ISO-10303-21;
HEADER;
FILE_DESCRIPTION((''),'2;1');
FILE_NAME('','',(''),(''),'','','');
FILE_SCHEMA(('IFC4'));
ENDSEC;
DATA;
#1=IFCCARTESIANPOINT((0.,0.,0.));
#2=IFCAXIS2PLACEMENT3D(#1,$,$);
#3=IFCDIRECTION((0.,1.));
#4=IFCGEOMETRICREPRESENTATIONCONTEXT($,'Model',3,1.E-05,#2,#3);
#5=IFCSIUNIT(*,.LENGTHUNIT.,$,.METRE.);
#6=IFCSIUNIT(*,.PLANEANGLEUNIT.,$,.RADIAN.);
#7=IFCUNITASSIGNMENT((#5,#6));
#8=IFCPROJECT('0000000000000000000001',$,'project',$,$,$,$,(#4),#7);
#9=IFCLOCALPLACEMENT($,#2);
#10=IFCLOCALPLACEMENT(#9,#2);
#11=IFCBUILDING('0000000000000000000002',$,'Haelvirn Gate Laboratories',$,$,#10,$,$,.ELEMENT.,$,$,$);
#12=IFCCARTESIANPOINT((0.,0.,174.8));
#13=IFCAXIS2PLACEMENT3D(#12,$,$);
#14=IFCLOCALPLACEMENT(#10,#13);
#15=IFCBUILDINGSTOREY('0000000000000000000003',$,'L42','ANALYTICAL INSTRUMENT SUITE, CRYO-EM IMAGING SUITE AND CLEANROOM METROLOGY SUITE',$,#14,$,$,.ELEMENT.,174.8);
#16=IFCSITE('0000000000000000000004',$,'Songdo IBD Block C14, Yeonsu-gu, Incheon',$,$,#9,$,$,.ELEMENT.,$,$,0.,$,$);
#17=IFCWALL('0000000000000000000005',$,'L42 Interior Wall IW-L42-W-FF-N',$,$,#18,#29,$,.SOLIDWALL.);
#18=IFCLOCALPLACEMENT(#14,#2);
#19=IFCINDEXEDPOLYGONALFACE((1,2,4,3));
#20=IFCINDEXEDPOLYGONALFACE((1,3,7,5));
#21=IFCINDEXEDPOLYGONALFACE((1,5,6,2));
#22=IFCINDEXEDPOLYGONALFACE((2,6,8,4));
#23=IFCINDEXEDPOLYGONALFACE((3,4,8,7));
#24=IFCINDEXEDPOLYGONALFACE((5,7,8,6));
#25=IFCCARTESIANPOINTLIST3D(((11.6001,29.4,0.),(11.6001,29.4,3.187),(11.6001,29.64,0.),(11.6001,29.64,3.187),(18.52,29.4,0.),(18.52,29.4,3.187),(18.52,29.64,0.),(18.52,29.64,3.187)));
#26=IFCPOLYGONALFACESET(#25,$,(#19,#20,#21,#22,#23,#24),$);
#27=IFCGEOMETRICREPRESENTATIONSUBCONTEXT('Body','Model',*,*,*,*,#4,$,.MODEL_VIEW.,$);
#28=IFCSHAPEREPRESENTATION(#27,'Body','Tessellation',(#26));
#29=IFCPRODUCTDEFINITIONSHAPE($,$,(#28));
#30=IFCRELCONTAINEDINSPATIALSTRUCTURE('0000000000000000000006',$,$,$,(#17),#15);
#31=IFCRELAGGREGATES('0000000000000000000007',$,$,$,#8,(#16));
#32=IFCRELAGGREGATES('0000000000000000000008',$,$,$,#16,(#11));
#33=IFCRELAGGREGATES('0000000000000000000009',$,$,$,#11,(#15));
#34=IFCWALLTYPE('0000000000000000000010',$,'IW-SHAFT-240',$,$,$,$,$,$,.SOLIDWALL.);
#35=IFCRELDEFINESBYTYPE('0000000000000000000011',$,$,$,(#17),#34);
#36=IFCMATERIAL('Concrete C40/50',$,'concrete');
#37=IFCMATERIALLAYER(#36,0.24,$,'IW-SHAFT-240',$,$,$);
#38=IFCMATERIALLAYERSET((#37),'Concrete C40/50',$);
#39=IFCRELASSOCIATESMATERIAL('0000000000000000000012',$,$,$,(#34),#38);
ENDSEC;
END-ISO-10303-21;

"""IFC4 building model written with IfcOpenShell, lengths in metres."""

from ifc_helpers import new_model, si_unit, direction, frame, frame_2d, origin, place, context, subcontext, project, spatial, rectangle, extrude, material, layer, layer_set, type_object, element, save


model = new_model("IFC4")

# Units and contexts
model_context = context("Model", 3, precision=1e-05, world=origin(), true_north=direction((0.0, 1.0)))
body_context = subcontext(model_context, "Body", "Model", "MODEL_VIEW")
ifc_project = project(units=[si_unit("LENGTHUNIT", "METRE"), si_unit("PLANEANGLEUNIT", "RADIAN")], contexts=[model_context])

# Site, building, storey
site_placement = place(None, origin())
site = spatial("IfcSite", under=ifc_project, at=site_placement, Name="Songdo IBD Block C14, Yeonsu-gu, Incheon", CompositionType="ELEMENT", RefElevation=0.0)
building_placement = place(site_placement, origin())
building = spatial("IfcBuilding", under=site, at=building_placement, Name="Haelvirn Gate Laboratories", CompositionType="ELEMENT")
storey_placement = place(building_placement, frame((0.0, 0.0, 174.8)))
storey = spatial("IfcBuildingStorey", under=building, at=storey_placement, Name="L42", Description="ANALYTICAL INSTRUMENT SUITE, CRYO-EM IMAGING SUITE AND CLEANROOM METROLOGY SUITE", CompositionType="ELEMENT", Elevation=174.8)

# Shared definitions
ifc_material_1 = material(Name="Concrete C40/50", Category="concrete")

# Shared definitions
ifc_layer_1 = layer(ifc_material_1, 0.24, Name="IW-SHAFT-240")
ifc_layer_set_1 = layer_set([ifc_layer_1], Name="Concrete C40/50")
wall_type_1 = type_object("IfcWallType", Name="IW-SHAFT-240", PredefinedType="SOLIDWALL", material=ifc_layer_set_1)

# Wall
wall_1_placement = place(storey_placement, frame((11.6001, 29.52, 0.0), z_axis=(0.0, 0.0, 1.0), x_axis=(1.0, 0.0, 0.0)))
element("IfcWall", 1, at=wall_1_placement, inside=storey, type_object=wall_type_1, Name="L42 Interior Wall IW-L42-W-FF-N", PredefinedType="SOLIDWALL", context=body_context, shape_type="SweptSolid", body=[
    extrude(rectangle(XDim=6.9199, YDim=0.24, at=frame_2d((3.46, 0.0))), origin(), (0.0, 0.0, 1.0), 3.187),
])

save(model, "model.ifc")
